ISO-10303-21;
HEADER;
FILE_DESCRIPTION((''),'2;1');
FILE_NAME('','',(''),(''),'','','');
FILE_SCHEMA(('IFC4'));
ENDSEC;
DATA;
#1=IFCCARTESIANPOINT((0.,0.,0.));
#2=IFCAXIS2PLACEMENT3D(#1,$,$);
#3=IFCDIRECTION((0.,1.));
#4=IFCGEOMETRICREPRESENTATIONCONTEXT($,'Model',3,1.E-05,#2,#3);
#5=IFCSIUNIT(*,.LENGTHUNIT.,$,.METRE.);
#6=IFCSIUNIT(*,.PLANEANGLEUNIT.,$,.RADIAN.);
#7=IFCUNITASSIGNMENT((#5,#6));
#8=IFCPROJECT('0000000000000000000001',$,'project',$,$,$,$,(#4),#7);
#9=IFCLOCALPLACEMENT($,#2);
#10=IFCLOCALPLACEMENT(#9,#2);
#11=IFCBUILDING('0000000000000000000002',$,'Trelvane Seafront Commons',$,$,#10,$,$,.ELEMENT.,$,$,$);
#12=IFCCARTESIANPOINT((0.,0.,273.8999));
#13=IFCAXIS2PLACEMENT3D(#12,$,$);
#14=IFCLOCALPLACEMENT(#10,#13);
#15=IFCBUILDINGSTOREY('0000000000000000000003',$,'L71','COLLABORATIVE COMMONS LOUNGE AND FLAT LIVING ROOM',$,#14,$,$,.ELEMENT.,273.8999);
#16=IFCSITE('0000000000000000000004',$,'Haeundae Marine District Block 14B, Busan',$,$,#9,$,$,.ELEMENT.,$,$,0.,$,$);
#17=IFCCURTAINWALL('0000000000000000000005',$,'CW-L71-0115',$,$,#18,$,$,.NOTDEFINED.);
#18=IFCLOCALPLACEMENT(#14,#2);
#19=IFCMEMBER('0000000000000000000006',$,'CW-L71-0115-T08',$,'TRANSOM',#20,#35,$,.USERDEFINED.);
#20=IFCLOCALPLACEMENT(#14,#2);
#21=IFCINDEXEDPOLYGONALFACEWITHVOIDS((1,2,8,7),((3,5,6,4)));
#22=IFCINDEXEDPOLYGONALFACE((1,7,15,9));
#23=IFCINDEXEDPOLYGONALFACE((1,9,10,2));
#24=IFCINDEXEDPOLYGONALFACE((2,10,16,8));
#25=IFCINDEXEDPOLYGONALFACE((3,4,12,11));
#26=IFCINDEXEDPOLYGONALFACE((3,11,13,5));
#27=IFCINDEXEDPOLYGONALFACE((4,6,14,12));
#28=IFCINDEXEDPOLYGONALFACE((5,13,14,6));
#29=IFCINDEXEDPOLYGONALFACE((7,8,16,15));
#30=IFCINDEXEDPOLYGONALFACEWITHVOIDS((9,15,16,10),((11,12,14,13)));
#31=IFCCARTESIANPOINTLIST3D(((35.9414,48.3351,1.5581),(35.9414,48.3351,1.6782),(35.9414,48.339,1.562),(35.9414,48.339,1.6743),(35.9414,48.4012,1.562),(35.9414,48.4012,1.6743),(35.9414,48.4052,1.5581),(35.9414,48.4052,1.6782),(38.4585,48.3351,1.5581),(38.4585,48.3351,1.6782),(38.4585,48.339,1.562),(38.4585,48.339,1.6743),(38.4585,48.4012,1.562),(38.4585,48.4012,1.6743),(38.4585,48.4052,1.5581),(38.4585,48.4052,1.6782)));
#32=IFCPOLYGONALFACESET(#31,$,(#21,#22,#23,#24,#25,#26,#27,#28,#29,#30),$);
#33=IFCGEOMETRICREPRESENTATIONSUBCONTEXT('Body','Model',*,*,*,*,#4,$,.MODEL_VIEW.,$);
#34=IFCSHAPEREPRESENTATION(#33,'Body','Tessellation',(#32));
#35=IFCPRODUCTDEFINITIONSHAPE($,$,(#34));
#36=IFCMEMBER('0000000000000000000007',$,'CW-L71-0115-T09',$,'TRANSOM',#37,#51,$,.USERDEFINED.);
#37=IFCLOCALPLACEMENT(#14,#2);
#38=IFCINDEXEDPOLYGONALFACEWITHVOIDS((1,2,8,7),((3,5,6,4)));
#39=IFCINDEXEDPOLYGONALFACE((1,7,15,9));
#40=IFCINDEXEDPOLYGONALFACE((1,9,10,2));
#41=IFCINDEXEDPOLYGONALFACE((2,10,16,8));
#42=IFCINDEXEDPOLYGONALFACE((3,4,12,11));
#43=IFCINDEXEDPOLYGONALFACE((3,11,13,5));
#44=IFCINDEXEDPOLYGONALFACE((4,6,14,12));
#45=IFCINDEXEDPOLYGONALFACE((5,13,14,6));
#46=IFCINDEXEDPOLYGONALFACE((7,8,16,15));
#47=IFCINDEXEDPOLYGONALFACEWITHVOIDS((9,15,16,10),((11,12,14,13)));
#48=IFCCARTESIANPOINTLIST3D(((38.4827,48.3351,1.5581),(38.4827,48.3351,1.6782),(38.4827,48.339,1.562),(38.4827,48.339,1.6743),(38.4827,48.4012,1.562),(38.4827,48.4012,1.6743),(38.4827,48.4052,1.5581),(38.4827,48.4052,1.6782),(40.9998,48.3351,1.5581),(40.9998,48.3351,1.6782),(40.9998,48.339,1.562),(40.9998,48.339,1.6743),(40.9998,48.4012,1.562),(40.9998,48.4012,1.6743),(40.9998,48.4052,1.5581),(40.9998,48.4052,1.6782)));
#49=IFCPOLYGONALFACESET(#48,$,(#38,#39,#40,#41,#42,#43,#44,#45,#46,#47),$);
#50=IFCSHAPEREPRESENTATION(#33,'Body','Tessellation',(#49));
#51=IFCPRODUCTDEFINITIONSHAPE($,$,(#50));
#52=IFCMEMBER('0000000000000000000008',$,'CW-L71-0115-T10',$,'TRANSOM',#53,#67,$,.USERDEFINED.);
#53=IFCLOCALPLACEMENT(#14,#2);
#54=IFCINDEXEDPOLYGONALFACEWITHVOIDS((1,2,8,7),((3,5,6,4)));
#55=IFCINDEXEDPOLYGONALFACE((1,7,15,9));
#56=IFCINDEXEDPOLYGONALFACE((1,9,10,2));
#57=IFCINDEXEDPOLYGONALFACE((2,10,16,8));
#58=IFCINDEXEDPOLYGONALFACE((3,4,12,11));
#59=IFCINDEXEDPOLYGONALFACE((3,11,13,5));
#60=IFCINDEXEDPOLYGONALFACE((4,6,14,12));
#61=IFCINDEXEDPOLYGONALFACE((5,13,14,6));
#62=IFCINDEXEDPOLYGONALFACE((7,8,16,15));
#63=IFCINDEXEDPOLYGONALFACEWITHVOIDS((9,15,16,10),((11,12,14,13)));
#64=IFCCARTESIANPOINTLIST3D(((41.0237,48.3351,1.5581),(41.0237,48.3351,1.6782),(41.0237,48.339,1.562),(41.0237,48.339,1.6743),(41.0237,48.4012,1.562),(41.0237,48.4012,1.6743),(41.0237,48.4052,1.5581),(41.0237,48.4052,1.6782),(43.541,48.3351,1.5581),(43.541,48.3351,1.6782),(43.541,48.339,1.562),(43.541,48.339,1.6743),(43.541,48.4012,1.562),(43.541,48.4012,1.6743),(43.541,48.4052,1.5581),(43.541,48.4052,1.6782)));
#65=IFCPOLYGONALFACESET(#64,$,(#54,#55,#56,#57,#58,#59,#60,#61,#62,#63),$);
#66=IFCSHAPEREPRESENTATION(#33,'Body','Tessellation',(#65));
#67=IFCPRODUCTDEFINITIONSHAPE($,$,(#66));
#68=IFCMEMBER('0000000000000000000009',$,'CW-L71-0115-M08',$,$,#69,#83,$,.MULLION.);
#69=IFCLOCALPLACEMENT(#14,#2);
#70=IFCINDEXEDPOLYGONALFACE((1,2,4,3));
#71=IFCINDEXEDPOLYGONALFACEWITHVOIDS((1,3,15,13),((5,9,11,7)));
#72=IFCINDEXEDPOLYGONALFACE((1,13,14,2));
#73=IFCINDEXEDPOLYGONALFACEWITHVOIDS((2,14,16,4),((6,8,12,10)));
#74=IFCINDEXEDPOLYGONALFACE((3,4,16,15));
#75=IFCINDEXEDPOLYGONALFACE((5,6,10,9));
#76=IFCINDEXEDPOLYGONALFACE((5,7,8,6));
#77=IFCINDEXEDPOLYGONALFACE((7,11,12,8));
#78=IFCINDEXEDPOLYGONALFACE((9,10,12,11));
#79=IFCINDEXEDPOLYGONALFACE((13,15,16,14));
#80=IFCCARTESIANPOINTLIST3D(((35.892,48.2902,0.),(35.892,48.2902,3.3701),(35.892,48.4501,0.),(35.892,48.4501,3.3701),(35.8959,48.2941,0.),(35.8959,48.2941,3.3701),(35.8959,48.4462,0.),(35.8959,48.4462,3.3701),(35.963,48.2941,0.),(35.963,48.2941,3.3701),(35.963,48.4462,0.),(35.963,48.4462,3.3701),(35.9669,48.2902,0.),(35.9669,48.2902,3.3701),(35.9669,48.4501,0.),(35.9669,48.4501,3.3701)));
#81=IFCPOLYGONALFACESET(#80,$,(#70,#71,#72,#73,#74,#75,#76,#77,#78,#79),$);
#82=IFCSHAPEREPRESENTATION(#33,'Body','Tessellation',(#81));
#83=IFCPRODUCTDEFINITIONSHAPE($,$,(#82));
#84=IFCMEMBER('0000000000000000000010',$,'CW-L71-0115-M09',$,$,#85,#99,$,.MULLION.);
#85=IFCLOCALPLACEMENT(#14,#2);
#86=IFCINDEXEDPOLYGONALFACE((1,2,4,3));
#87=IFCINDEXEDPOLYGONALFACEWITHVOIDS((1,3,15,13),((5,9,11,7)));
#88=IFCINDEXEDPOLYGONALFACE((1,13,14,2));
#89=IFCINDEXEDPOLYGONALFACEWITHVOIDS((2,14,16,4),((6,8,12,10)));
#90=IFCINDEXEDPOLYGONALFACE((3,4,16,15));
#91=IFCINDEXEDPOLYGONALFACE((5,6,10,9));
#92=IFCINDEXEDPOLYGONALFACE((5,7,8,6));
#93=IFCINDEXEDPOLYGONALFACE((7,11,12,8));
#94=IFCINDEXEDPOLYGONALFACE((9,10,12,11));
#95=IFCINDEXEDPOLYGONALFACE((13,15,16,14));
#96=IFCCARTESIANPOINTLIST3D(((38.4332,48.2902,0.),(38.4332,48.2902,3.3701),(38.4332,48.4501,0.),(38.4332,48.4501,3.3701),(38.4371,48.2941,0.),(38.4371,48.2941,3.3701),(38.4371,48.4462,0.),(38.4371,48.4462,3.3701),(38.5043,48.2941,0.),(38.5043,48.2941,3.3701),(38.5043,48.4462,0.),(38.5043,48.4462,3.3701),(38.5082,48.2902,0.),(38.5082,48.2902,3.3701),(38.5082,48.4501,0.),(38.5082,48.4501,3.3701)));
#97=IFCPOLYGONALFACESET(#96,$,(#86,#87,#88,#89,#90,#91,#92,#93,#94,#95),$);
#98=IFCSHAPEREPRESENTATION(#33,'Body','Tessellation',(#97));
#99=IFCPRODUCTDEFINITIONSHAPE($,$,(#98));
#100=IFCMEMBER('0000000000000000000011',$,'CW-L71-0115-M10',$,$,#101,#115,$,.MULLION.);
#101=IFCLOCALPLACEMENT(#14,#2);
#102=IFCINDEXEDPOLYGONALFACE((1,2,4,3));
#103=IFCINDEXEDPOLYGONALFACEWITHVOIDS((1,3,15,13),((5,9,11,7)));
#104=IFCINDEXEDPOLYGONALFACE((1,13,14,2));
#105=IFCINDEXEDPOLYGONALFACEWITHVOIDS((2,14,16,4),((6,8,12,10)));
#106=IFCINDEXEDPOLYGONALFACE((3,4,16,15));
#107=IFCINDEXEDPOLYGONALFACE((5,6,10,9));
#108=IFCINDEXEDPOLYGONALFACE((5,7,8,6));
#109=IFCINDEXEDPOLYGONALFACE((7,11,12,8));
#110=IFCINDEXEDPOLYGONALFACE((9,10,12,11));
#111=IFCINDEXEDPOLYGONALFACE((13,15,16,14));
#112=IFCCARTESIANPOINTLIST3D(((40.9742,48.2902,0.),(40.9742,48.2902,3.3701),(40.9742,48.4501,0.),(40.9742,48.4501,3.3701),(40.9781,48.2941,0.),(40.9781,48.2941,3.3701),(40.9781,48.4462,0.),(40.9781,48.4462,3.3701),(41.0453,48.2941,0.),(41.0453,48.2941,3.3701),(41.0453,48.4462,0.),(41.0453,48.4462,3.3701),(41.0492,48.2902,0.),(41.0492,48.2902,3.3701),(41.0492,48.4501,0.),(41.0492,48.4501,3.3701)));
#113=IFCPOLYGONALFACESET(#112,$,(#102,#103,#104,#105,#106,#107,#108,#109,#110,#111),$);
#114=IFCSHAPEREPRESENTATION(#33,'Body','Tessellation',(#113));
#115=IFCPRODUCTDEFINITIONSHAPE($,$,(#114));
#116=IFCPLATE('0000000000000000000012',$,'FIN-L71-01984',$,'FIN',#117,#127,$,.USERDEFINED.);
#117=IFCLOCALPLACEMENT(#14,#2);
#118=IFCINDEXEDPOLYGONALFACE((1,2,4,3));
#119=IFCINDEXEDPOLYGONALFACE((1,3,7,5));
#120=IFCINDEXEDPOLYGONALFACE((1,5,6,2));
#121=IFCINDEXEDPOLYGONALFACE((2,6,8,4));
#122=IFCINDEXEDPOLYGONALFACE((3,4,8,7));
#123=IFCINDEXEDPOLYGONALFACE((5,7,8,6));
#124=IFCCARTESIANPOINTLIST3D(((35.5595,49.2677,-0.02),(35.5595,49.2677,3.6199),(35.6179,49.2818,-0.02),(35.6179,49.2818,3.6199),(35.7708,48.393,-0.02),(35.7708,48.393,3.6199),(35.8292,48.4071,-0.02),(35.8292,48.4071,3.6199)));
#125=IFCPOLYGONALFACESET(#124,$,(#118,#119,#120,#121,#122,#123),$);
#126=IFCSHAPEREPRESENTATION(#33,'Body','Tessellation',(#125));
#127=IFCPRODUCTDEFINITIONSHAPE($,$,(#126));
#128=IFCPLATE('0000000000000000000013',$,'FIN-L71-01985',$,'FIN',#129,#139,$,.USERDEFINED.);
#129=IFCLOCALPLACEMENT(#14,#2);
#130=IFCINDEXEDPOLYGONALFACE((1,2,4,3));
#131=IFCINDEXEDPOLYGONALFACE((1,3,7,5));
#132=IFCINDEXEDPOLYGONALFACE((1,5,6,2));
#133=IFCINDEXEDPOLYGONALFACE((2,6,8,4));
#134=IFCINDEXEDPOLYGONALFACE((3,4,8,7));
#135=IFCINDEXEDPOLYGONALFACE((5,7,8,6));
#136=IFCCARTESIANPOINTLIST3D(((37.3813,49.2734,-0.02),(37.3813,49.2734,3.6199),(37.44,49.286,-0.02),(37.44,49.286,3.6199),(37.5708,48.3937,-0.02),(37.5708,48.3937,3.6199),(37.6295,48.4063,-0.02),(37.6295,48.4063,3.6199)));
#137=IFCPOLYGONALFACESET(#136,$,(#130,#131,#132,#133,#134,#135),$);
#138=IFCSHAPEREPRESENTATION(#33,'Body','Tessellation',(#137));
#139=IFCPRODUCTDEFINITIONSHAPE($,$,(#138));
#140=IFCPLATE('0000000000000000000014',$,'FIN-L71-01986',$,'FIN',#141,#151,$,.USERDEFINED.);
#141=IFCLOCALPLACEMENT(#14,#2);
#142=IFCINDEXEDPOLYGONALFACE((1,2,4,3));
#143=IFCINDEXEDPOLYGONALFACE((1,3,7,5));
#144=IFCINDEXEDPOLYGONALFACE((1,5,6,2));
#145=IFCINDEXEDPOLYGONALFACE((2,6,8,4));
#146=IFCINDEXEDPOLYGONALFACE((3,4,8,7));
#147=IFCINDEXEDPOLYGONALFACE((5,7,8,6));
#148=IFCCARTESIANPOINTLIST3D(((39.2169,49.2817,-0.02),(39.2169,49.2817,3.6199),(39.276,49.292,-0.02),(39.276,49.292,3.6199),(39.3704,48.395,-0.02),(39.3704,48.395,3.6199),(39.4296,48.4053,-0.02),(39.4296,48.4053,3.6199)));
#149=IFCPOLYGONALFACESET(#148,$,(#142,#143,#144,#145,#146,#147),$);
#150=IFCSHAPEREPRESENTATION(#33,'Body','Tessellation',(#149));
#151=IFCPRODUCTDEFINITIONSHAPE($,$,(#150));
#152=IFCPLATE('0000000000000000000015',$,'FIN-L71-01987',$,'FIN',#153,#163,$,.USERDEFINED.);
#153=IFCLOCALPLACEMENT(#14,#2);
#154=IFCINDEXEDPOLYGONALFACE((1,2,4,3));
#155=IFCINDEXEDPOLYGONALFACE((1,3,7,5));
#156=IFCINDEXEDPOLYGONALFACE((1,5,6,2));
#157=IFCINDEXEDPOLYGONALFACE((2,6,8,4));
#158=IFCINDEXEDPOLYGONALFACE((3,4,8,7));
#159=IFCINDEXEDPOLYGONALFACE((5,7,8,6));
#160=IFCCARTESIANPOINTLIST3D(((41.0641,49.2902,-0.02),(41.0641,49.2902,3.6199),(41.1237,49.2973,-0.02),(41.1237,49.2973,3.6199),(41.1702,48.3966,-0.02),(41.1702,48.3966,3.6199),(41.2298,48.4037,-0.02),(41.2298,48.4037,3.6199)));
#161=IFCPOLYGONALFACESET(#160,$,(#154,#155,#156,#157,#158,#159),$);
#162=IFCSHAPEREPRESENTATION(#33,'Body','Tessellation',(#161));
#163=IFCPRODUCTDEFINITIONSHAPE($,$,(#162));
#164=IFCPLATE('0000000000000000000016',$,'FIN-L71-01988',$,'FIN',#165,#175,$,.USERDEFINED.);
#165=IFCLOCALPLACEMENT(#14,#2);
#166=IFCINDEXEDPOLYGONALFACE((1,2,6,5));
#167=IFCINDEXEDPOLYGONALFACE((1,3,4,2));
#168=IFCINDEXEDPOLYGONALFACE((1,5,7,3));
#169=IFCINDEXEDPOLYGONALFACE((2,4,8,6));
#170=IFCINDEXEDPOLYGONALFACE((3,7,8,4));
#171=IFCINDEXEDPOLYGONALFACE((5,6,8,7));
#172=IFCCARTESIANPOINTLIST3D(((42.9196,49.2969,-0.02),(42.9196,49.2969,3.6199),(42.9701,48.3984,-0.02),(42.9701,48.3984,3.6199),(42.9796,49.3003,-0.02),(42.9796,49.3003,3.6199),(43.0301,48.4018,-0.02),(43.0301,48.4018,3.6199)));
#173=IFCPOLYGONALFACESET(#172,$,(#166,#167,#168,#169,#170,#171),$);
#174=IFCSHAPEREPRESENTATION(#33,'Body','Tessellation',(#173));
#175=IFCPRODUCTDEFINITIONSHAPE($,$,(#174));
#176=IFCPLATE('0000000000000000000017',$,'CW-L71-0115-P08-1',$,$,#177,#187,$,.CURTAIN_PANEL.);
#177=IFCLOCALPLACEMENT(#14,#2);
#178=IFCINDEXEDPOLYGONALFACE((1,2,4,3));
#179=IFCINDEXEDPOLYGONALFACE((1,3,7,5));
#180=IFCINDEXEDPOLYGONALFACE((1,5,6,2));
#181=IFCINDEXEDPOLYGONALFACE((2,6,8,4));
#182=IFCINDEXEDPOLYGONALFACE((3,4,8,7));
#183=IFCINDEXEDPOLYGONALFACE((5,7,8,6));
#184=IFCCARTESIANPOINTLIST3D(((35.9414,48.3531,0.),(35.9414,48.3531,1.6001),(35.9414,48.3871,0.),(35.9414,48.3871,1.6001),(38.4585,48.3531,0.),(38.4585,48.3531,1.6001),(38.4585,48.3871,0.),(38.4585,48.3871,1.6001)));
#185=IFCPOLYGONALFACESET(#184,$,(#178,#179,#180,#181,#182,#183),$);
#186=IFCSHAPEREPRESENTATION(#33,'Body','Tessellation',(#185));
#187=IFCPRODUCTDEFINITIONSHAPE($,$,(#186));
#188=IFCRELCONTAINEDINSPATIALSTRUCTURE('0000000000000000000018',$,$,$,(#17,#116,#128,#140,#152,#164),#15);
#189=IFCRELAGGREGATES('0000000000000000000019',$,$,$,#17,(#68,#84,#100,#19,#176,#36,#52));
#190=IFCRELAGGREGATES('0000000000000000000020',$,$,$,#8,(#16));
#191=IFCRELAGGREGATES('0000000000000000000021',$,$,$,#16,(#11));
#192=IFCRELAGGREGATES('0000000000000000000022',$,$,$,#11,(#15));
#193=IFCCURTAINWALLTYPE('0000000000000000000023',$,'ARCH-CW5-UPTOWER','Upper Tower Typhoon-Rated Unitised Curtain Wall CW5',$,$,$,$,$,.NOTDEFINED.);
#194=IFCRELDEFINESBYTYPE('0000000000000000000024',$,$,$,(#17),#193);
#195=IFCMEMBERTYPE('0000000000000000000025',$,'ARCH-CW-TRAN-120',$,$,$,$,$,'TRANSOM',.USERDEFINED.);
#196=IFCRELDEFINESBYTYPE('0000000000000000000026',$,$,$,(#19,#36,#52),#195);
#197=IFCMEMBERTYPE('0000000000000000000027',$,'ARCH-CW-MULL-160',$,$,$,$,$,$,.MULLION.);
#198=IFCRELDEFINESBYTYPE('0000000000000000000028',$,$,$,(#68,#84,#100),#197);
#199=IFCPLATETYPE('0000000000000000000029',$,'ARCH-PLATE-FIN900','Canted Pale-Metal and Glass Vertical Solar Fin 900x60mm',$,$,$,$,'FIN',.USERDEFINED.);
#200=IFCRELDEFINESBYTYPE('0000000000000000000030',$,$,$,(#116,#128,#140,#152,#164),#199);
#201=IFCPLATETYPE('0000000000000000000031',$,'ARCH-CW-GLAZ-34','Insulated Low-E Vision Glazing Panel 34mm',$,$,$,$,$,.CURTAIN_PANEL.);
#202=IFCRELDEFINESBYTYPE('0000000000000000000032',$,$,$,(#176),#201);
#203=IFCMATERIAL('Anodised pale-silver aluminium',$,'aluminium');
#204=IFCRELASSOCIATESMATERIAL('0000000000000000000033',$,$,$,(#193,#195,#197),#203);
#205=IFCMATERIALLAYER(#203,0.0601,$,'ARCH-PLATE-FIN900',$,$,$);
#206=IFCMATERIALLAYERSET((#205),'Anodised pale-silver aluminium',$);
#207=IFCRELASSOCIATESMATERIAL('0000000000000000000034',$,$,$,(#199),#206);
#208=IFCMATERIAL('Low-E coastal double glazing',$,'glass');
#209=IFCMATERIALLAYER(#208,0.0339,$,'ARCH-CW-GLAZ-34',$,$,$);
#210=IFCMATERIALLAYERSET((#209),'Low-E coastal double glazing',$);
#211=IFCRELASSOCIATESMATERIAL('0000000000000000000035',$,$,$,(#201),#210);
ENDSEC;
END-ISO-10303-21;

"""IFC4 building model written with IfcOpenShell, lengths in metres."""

from ifc_helpers import new_model, si_unit, direction, frame, origin, origin_2d, place, context, subcontext, project, spatial, rectangle, hollow_rectangle, extrude, source, transform, mapped, material, layer, layer_set, material_profile, profile_set, type_object, element, aggregate, save


model = new_model("IFC4")

# Units and contexts
model_context = context("Model", 3, precision=1e-05, world=origin(), true_north=direction((0.0, 1.0)))
body_context = subcontext(model_context, "Body", "Model", "MODEL_VIEW")
ifc_project = project(units=[si_unit("LENGTHUNIT", "METRE"), si_unit("PLANEANGLEUNIT", "RADIAN")], contexts=[model_context])

# Site, building, storey
site_placement = place(None, origin())
site = spatial("IfcSite", under=ifc_project, at=site_placement, Name="Haeundae Marine District Block 14B, Busan", CompositionType="ELEMENT", RefElevation=0.0)
building_placement = place(site_placement, origin())
building = spatial("IfcBuilding", under=site, at=building_placement, Name="Trelvane Seafront Commons", CompositionType="ELEMENT")
storey_placement = place(building_placement, frame((0.0, 0.0, 273.8999)))
storey = spatial("IfcBuildingStorey", under=building, at=storey_placement, Name="L71", Description="COLLABORATIVE COMMONS LOUNGE AND FLAT LIVING ROOM", CompositionType="ELEMENT", Elevation=273.8999)

# Curtain wall, members
ifc_material_1 = material(Name="Anodised pale-silver aluminium", Category="aluminium")
curtain_wall_type = type_object("IfcCurtainWallType", Name="ARCH-CW5-UPTOWER", Description="Upper Tower Typhoon-Rated Unitised Curtain Wall CW5", PredefinedType="NOTDEFINED", material=ifc_material_1)
curtain_wall_placement = place(storey_placement, origin())
curtain_wall = element("IfcCurtainWall", 1, at=curtain_wall_placement, inside=storey, type_object=curtain_wall_type, Name="CW-L71-0115", PredefinedType="NOTDEFINED")
ifc_material_profile_1 = material_profile(ifc_material_1, hollow_rectangle(XDim=0.0701, YDim=0.1201, WallThickness=0.0039, at=origin_2d()), Name="TRAN-70x120x4")
ifc_profile_set_1 = profile_set([ifc_material_profile_1], Name="Anodised pale-silver aluminium")
member_type_1 = type_object("IfcMemberType", Name="ARCH-CW-TRAN-120", ElementType="TRANSOM", PredefinedType="USERDEFINED", material=ifc_profile_set_1)
shared_shape_1 = source(origin(), body_context, "Body", "SweptSolid", [
    extrude(hollow_rectangle(XDim=0.0701, YDim=0.1201, WallThickness=0.0039, at=origin_2d()), origin(), (0.0, 0.0, 1.0), 2.5171),
])
member_1_placement = place(storey_placement, frame((35.9414, 48.3701, 1.6182), z_axis=(1.0, 0.0, 0.0), x_axis=(0.0, 1.0, 0.0)))
member_1 = element("IfcMember", 2, at=member_1_placement, type_object=member_type_1, Name="CW-L71-0115-T08", ObjectType="TRANSOM", PredefinedType="USERDEFINED", context=body_context, shape_type="MappedRepresentation", body=[
    mapped(shared_shape_1, transform((0.0, 0.0, 0.0), x_axis=(1.0, 0.0, 0.0), y_axis=(0.0, 1.0, 0.0), z_axis=(0.0, 0.0, 1.0), scale=1.0)),
])
member_2_placement = place(storey_placement, frame((38.4827, 48.3701, 1.6182), z_axis=(1.0, 0.0, 0.0), x_axis=(0.0, 1.0, 0.0)))
member_2 = element("IfcMember", 3, at=member_2_placement, type_object=member_type_1, Name="CW-L71-0115-T09", ObjectType="TRANSOM", PredefinedType="USERDEFINED", context=body_context, shape_type="MappedRepresentation", body=[
    mapped(shared_shape_1, transform((0.0, 0.0, 0.0), x_axis=(1.0, 0.0, 0.0), y_axis=(0.0, 1.0, 0.0), z_axis=(0.0, 0.0, 1.0), scale=1.0)),
])
shared_shape_2 = source(origin(), body_context, "Body", "SweptSolid", [
    extrude(hollow_rectangle(XDim=0.0701, YDim=0.1201, WallThickness=0.0039, at=origin_2d()), origin(), (0.0, 0.0, 1.0), 2.5173),
])
member_3_placement = place(storey_placement, frame((41.0237, 48.3701, 1.6182), z_axis=(1.0, 0.0, 0.0), x_axis=(0.0, 1.0, 0.0)))
member_3 = element("IfcMember", 4, at=member_3_placement, type_object=member_type_1, Name="CW-L71-0115-T10", ObjectType="TRANSOM", PredefinedType="USERDEFINED", context=body_context, shape_type="MappedRepresentation", body=[
    mapped(shared_shape_2, transform((0.0, 0.0, 0.0), x_axis=(1.0, 0.0, 0.0), y_axis=(0.0, 1.0, 0.0), z_axis=(0.0, 0.0, 1.0), scale=1.0)),
])
ifc_material_profile_2 = material_profile(ifc_material_1, hollow_rectangle(XDim=0.075, YDim=0.1599, WallThickness=0.0039, at=origin_2d()), Name="MULL-75x160x4")
ifc_profile_set_2 = profile_set([ifc_material_profile_2], Name="Anodised pale-silver aluminium")
member_type_2 = type_object("IfcMemberType", Name="ARCH-CW-MULL-160", PredefinedType="MULLION", material=ifc_profile_set_2)
shared_shape_3 = source(origin(), body_context, "Body", "SweptSolid", [
    extrude(hollow_rectangle(XDim=0.075, YDim=0.1599, WallThickness=0.0039, at=origin_2d()), origin(), (0.0, 0.0, 1.0), 3.3701),
])
member_4_placement = place(storey_placement, frame((35.9294, 48.3701, 0.0), z_axis=(0.0, 0.0, 1.0), x_axis=(1.0, 0.0, 0.0)))
member_4 = element("IfcMember", 5, at=member_4_placement, type_object=member_type_2, Name="CW-L71-0115-M08", PredefinedType="MULLION", context=body_context, shape_type="MappedRepresentation", body=[
    mapped(shared_shape_3, transform((0.0, 0.0, 0.0), x_axis=(1.0, 0.0, 0.0), y_axis=(0.0, 1.0, 0.0), z_axis=(0.0, 0.0, 1.0), scale=1.0)),
])
member_5_placement = place(storey_placement, frame((38.4707, 48.3701, 0.0), z_axis=(0.0, 0.0, 1.0), x_axis=(1.0, 0.0, 0.0)))
member_5 = element("IfcMember", 6, at=member_5_placement, type_object=member_type_2, Name="CW-L71-0115-M09", PredefinedType="MULLION", context=body_context, shape_type="MappedRepresentation", body=[
    mapped(shared_shape_3, transform((0.0, 0.0, 0.0), x_axis=(1.0, 0.0, 0.0), y_axis=(0.0, 1.0, 0.0), z_axis=(0.0, 0.0, 1.0), scale=1.0)),
])
member_6_placement = place(storey_placement, frame((41.0117, 48.3701, 0.0), z_axis=(0.0, 0.0, 1.0), x_axis=(1.0, 0.0, 0.0)))
member_6 = element("IfcMember", 7, at=member_6_placement, type_object=member_type_2, Name="CW-L71-0115-M10", PredefinedType="MULLION", context=body_context, shape_type="MappedRepresentation", body=[
    mapped(shared_shape_3, transform((0.0, 0.0, 0.0), x_axis=(1.0, 0.0, 0.0), y_axis=(0.0, 1.0, 0.0), z_axis=(0.0, 0.0, 1.0), scale=1.0)),
])

# Plates
ifc_layer_1 = layer(ifc_material_1, 0.0601, Name="ARCH-PLATE-FIN900")
ifc_layer_set_1 = layer_set([ifc_layer_1], Name="Anodised pale-silver aluminium")
plate_type_1 = type_object("IfcPlateType", Name="ARCH-PLATE-FIN900", Description="Canted Pale-Metal and Glass Vertical Solar Fin 900x60mm", ElementType="FIN", PredefinedType="USERDEFINED", material=ifc_layer_set_1)
shared_shape_4 = source(origin(), body_context, "Body", "SweptSolid", [
    extrude(rectangle(XDim=0.8999, YDim=0.0601, at=origin_2d()), origin(), (0.0, 0.0, 1.0), 3.6399),
])
for number, where, z_axis, x_axis, name in (
    (8, (35.6943, 48.8374, -0.02), (0.0, 0.0, 1.0), (-0.234789, 0.972046, 0.0), "FIN-L71-01984"),
    (9, (37.5054, 48.8398, -0.02), (0.0, 0.0, 1.0), (-0.21056, 0.977581, 0.0), "FIN-L71-01985"),
    (10, (39.3232, 48.8435, -0.02), (0.0, 0.0, 1.0), (-0.170665, 0.985329, 0.0), "FIN-L71-01986"),
    (11, (41.147, 48.8469, -0.02), (0.0, 0.0, 1.0), (-0.117893, 0.993026, 0.0), "FIN-L71-01987"),
    (12, (42.9749, 48.8494, -0.02), (0.0, 0.0, 1.0), (-0.056111, 0.998425, 0.0), "FIN-L71-01988"),
):
    element("IfcPlate", number, at=place(storey_placement, frame(where, z_axis=z_axis, x_axis=x_axis)), inside=storey, type_object=plate_type_1, Name=name, ObjectType="FIN", PredefinedType="USERDEFINED", context=body_context, shape_type="MappedRepresentation", body=[
        mapped(shared_shape_4, transform((0.0, 0.0, 0.0), x_axis=(1.0, 0.0, 0.0), y_axis=(0.0, 1.0, 0.0), z_axis=(0.0, 0.0, 1.0), scale=1.0)),
    ])

# Plate
ifc_material_2 = material(Name="Low-E coastal double glazing", Category="glass")
ifc_layer_2 = layer(ifc_material_2, 0.0339, Name="ARCH-CW-GLAZ-34")
ifc_layer_set_2 = layer_set([ifc_layer_2], Name="Low-E coastal double glazing")
plate_type_2 = type_object("IfcPlateType", Name="ARCH-CW-GLAZ-34", Description="Insulated Low-E Vision Glazing Panel 34mm", PredefinedType="CURTAIN_PANEL", material=ifc_layer_set_2)
shared_shape_5 = source(origin(), body_context, "Body", "SweptSolid", [
    extrude(rectangle(XDim=2.5171, YDim=0.0339, at=origin_2d()), origin(), (0.0, 0.0, 1.0), 1.6001),
])
plate_1_placement = place(storey_placement, frame((37.2, 48.3701, 0.0), z_axis=(0.0, 0.0, 1.0), x_axis=(1.0, 0.0, 0.0)))
plate_1 = element("IfcPlate", 13, at=plate_1_placement, type_object=plate_type_2, Name="CW-L71-0115-P08-1", PredefinedType="CURTAIN_PANEL", context=body_context, shape_type="MappedRepresentation", body=[
    mapped(shared_shape_5, transform((0.0, 0.0, 0.0), x_axis=(1.0, 0.0, 0.0), y_axis=(0.0, 1.0, 0.0), z_axis=(0.0, 0.0, 1.0), scale=1.0)),
])
aggregate(curtain_wall, [member_4, member_5, member_6, member_1, plate_1, member_2, member_3])

save(model, "model.ifc")
